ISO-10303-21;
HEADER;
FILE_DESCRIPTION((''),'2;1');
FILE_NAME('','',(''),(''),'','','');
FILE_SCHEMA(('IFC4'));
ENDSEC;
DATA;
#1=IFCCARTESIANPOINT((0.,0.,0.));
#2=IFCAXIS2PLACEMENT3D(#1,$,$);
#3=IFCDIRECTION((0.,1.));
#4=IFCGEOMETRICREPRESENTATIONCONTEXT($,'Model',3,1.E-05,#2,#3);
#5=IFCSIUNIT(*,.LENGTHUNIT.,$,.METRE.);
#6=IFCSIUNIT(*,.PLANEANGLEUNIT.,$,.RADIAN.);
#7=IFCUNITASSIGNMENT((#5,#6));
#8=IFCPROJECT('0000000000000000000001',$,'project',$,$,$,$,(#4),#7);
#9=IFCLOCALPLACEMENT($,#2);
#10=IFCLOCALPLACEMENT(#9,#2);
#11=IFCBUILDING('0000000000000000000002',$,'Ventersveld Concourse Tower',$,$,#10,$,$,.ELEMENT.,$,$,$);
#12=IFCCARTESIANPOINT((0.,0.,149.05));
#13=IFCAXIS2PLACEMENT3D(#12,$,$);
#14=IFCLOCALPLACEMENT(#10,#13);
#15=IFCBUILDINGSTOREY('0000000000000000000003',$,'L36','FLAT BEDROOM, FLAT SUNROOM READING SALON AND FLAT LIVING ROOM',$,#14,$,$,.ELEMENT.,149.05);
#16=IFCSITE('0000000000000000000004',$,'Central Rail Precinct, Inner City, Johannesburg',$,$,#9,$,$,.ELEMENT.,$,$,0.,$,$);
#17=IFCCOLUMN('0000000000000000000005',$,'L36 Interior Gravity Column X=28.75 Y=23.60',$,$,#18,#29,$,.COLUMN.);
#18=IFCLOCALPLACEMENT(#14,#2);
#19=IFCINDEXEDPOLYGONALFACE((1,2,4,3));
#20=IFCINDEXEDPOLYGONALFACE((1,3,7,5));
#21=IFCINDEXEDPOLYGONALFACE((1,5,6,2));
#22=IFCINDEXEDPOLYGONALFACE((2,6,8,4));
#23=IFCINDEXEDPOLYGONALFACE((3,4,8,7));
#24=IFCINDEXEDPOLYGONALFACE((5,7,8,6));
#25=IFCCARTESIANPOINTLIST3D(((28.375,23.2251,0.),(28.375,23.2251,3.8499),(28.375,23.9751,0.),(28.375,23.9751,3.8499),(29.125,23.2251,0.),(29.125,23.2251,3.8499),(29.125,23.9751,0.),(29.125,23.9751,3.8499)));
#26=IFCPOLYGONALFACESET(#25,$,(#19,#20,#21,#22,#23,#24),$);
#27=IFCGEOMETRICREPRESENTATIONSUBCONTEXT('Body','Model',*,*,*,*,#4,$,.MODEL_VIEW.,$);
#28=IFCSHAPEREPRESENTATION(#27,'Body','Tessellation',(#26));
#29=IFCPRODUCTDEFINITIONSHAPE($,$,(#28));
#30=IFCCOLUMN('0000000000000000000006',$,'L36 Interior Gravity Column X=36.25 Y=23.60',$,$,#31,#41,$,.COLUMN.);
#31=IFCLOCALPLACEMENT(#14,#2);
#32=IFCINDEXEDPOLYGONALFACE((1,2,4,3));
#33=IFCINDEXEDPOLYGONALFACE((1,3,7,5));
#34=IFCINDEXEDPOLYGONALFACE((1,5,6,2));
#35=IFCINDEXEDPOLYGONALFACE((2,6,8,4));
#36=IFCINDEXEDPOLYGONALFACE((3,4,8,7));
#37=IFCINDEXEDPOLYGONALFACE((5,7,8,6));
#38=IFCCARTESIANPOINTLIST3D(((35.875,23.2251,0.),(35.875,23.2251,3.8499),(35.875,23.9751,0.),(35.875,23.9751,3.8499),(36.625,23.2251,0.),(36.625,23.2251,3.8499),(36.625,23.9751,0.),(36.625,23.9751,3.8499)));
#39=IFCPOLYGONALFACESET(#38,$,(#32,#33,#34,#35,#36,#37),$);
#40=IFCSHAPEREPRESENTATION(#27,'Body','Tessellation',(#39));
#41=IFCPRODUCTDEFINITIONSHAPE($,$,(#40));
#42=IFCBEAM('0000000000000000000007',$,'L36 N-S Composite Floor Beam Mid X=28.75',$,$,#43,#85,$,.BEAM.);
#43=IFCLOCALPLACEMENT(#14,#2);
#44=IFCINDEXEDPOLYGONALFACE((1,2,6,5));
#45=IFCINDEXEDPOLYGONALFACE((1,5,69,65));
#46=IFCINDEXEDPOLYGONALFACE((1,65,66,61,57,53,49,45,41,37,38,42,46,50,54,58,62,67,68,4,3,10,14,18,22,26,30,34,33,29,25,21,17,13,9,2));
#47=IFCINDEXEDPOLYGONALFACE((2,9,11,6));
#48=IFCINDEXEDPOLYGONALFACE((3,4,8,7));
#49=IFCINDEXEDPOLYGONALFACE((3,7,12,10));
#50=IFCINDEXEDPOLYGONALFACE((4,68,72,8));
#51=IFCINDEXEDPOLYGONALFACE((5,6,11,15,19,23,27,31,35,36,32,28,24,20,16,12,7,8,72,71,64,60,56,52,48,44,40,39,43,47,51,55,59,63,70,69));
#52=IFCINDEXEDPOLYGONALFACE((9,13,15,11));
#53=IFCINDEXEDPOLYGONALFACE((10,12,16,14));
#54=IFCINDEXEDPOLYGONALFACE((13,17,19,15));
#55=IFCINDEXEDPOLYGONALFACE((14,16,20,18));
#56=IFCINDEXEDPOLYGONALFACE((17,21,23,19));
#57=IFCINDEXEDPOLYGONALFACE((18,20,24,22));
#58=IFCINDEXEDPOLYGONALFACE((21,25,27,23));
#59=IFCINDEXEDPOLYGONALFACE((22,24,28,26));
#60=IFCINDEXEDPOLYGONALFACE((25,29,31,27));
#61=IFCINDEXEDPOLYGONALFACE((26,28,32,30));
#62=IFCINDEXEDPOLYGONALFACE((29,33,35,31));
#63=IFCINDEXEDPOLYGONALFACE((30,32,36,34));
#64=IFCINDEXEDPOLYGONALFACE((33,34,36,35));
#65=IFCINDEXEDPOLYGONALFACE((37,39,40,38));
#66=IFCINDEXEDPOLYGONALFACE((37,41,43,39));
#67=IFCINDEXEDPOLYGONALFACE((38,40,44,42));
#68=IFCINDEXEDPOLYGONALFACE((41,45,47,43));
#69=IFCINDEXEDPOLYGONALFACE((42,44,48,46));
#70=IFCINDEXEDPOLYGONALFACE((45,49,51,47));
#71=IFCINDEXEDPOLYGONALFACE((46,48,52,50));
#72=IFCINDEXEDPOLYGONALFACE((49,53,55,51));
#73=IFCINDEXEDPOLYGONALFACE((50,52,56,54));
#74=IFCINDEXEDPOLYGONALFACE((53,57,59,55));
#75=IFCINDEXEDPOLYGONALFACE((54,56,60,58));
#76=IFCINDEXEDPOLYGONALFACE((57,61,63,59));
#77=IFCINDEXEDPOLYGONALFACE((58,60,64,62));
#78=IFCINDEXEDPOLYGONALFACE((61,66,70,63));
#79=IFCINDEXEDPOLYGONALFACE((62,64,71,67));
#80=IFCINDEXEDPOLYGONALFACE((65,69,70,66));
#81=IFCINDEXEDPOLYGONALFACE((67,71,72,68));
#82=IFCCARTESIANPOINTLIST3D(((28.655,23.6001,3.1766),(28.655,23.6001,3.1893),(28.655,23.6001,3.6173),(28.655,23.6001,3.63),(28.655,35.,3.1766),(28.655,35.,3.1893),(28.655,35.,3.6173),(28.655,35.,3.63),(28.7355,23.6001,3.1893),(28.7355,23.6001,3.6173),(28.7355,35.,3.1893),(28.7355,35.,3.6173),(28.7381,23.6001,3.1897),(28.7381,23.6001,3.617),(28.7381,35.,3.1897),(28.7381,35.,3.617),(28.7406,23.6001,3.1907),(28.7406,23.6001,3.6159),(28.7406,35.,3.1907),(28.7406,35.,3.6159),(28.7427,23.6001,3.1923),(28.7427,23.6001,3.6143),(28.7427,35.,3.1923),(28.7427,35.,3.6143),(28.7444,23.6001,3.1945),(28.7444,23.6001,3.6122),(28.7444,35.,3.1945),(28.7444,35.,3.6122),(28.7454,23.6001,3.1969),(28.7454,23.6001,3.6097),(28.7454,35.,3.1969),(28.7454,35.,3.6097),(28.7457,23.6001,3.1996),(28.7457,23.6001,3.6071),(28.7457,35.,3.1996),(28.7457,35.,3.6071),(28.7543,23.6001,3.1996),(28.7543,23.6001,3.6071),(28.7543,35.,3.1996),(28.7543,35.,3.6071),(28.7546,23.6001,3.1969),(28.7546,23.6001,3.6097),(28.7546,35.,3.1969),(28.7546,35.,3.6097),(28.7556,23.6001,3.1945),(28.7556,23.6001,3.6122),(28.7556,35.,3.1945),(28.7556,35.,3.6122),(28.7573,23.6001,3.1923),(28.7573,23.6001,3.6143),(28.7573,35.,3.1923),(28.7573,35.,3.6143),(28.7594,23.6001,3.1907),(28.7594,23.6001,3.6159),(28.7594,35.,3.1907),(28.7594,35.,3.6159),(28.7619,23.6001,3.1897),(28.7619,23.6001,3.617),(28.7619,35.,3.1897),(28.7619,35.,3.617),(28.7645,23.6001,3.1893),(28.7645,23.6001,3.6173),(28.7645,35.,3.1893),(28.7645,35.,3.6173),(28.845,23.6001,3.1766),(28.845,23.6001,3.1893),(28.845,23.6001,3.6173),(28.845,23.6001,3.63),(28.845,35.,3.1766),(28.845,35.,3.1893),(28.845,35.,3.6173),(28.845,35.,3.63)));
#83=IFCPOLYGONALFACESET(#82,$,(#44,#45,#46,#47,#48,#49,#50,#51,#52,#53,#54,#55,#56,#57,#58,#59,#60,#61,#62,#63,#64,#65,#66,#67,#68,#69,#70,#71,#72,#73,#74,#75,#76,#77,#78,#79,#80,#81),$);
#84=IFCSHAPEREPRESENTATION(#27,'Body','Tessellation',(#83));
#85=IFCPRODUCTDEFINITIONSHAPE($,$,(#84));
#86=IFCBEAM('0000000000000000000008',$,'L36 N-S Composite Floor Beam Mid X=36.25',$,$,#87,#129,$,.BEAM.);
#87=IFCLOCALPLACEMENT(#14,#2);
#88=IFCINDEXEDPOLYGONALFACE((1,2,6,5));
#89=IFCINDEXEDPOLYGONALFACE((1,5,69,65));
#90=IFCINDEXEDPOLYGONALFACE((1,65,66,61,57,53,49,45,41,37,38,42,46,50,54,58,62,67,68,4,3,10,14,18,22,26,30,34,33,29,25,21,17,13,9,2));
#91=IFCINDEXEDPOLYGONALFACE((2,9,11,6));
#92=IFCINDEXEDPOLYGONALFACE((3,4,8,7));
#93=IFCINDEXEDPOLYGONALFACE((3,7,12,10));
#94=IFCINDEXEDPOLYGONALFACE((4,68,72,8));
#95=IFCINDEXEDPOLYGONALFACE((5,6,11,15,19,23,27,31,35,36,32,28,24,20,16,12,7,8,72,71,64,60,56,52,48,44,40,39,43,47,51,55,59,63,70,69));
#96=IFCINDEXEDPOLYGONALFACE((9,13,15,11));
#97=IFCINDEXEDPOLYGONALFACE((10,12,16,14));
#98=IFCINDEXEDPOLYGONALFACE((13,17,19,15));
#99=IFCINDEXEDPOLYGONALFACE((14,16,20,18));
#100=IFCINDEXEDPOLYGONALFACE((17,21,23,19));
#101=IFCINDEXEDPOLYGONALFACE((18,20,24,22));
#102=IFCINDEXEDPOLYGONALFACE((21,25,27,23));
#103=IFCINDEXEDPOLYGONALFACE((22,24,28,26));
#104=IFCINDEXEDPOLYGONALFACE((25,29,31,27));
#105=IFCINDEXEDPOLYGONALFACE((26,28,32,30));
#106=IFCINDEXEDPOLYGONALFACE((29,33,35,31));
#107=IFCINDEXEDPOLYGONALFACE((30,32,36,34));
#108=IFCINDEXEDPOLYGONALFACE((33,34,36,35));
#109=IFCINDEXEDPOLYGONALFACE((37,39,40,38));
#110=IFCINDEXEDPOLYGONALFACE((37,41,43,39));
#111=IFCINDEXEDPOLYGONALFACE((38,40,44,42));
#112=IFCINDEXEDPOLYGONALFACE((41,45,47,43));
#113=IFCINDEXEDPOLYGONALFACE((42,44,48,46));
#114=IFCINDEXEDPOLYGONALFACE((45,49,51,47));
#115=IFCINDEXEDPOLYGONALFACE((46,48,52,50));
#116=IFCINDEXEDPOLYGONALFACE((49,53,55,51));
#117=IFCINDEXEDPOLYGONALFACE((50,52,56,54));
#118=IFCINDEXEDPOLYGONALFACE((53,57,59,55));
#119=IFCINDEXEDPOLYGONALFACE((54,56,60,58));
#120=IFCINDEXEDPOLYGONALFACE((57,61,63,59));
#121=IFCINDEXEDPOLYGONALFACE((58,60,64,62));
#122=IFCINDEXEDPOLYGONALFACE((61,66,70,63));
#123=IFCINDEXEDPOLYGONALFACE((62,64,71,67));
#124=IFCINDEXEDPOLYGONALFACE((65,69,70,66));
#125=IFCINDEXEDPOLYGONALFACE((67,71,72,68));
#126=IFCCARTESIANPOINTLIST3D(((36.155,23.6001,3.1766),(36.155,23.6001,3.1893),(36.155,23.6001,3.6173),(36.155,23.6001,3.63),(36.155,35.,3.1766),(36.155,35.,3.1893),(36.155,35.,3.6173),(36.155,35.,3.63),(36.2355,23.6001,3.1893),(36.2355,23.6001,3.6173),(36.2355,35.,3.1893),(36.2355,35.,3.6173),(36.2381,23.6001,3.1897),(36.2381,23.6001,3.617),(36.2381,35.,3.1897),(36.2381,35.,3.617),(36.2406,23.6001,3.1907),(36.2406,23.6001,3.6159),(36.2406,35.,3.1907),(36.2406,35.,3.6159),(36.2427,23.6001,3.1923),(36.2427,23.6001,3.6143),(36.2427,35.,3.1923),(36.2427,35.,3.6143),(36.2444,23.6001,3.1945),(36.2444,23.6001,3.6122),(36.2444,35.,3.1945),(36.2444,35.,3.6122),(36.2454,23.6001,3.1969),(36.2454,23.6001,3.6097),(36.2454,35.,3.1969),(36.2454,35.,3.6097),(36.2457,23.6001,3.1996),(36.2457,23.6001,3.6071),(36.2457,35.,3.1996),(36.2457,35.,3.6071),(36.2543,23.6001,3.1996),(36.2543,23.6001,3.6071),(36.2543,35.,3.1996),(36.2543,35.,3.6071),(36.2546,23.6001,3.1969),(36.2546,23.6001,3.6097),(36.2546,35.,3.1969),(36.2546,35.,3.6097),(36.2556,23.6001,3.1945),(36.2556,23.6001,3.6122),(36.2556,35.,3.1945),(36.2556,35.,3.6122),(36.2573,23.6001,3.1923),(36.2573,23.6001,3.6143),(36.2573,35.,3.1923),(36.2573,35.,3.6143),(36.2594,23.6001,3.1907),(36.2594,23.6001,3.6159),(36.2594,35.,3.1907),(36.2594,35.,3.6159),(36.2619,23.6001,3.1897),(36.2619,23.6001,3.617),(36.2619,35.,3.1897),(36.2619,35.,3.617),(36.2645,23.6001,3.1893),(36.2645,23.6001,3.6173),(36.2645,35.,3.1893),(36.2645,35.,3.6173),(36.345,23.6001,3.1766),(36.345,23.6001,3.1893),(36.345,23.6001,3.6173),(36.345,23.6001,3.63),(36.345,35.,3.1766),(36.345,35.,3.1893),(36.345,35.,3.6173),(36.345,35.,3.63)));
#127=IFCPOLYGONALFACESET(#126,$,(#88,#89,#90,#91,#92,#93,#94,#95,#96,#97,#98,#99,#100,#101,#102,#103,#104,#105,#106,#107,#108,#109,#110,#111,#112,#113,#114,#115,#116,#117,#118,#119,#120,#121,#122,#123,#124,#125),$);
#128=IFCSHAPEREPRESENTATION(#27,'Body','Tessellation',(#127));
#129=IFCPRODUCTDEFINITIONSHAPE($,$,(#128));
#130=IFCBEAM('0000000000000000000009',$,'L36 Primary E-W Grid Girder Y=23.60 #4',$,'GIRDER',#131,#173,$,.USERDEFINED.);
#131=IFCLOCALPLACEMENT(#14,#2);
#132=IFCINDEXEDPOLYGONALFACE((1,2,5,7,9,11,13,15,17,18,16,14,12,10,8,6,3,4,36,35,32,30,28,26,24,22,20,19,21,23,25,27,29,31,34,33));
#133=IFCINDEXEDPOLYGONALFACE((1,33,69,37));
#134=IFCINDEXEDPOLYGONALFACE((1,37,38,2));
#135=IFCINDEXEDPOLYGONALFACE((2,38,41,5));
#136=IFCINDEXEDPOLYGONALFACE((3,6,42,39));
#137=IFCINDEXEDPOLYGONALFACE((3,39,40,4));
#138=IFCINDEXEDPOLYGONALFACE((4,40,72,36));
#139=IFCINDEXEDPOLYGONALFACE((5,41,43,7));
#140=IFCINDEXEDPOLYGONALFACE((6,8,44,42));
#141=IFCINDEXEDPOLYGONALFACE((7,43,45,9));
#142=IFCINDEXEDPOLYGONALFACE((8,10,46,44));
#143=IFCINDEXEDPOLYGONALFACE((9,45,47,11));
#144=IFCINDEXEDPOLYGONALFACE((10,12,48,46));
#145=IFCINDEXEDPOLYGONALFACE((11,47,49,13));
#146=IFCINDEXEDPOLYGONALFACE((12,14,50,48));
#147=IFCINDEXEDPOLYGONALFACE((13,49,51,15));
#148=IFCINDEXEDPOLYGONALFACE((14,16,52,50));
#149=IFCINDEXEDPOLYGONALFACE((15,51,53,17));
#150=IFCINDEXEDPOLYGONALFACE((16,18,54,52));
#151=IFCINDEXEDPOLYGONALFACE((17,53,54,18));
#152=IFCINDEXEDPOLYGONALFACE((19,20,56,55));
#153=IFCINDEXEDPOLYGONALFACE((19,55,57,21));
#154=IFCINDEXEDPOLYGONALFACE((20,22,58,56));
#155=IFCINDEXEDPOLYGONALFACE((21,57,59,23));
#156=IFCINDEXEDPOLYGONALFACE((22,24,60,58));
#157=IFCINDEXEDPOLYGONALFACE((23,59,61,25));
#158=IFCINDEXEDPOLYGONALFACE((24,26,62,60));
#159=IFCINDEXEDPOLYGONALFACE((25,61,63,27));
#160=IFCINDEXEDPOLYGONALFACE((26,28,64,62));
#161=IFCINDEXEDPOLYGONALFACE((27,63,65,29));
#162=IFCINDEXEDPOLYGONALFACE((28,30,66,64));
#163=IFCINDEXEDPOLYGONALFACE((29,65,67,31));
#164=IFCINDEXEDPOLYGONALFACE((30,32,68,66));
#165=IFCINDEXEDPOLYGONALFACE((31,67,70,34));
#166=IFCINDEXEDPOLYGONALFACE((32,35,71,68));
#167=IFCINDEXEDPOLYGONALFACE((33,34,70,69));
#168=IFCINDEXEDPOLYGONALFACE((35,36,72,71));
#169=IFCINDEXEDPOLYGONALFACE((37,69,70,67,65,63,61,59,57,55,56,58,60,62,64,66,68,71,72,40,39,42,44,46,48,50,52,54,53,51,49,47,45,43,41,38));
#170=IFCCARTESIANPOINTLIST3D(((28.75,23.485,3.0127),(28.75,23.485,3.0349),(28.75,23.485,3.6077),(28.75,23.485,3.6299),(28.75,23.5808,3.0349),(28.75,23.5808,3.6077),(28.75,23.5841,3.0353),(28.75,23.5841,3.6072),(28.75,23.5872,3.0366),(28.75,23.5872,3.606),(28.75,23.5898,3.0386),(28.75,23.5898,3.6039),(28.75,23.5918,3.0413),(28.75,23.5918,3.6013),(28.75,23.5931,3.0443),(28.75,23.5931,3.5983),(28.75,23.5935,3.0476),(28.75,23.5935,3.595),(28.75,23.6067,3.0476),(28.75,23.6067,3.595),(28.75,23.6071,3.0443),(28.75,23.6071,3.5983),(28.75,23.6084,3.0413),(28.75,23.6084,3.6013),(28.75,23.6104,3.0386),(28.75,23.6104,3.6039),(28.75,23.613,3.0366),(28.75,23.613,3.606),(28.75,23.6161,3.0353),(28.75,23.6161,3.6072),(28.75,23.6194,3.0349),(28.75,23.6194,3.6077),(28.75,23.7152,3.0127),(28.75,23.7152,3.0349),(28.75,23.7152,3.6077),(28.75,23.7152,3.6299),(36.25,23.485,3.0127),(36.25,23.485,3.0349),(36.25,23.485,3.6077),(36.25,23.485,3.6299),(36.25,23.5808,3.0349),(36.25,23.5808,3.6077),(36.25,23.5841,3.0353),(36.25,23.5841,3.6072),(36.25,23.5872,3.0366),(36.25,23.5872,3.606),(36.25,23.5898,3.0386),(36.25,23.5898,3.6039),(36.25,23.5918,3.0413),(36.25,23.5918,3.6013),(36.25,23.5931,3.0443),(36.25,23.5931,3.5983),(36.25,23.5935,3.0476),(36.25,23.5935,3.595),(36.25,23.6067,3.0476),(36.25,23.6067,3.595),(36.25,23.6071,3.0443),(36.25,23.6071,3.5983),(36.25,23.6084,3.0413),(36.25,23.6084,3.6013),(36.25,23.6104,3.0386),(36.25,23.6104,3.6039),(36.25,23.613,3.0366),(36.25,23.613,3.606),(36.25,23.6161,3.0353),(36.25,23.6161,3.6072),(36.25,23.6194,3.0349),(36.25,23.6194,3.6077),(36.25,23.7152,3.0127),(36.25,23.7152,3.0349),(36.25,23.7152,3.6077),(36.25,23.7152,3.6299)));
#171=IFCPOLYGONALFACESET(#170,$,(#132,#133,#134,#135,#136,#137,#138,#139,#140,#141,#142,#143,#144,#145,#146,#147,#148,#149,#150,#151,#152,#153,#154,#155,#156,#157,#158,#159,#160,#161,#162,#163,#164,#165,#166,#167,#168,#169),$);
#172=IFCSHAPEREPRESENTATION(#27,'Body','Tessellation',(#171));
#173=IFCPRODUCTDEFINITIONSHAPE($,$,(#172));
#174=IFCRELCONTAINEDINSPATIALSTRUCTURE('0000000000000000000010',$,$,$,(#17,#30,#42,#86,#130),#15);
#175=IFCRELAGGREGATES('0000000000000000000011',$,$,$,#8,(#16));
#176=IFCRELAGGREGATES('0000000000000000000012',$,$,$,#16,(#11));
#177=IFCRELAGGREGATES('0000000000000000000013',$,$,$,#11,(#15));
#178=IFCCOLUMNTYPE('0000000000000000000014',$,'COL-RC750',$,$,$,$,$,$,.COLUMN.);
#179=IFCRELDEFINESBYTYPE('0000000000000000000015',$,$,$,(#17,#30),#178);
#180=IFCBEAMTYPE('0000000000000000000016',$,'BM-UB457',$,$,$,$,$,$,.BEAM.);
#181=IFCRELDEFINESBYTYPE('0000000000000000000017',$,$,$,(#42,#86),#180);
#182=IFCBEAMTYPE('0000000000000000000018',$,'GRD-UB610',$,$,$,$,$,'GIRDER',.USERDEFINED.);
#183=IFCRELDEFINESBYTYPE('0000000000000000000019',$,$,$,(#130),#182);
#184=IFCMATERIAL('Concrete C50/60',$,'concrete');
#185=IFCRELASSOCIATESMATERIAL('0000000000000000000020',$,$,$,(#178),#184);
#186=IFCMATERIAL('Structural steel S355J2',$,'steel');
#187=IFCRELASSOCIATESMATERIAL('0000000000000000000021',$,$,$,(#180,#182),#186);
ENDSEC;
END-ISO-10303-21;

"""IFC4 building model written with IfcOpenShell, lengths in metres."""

from ifc_helpers import new_model, si_unit, direction, frame, origin, origin_2d, place, context, subcontext, project, spatial, rectangle, i_section, extrude, material, material_profile, profile_set, type_object, element, save


model = new_model("IFC4")

# Units and contexts
model_context = context("Model", 3, precision=1e-05, world=origin(), true_north=direction((0.0, 1.0)))
body_context = subcontext(model_context, "Body", "Model", "MODEL_VIEW")
ifc_project = project(units=[si_unit("LENGTHUNIT", "METRE"), si_unit("PLANEANGLEUNIT", "RADIAN")], contexts=[model_context])

# Site, building, storey
site_placement = place(None, origin())
site = spatial("IfcSite", under=ifc_project, at=site_placement, Name="Central Rail Precinct, Inner City, Johannesburg", CompositionType="ELEMENT", RefElevation=0.0)
building_placement = place(site_placement, origin())
building = spatial("IfcBuilding", under=site, at=building_placement, Name="Ventersveld Concourse Tower", CompositionType="ELEMENT")
storey_placement = place(building_placement, frame((0.0, 0.0, 149.05)))
storey = spatial("IfcBuildingStorey", under=building, at=storey_placement, Name="L36", Description="FLAT BEDROOM, FLAT SUNROOM READING SALON AND FLAT LIVING ROOM", CompositionType="ELEMENT", Elevation=149.05)

# Columns
ifc_material_1 = material(Name="Concrete C50/60", Category="concrete")
ifc_material_profile_1 = material_profile(ifc_material_1, rectangle(XDim=0.75, YDim=0.75, at=origin_2d()), Name="RC 750x750")
ifc_profile_set_1 = profile_set([ifc_material_profile_1], Name="Concrete C50/60")
column_type = type_object("IfcColumnType", Name="COL-RC750", PredefinedType="COLUMN", material=ifc_profile_set_1)
for number, where, z_axis, x_axis, name in (
    (1, (28.75, 23.6001, 0.0), (0.0, 0.0, 1.0), (1.0, 0.0, 0.0), "L36 Interior Gravity Column X=28.75 Y=23.60"),
    (2, (36.25, 23.6001, 0.0), (0.0, 0.0, 1.0), (1.0, 0.0, 0.0), "L36 Interior Gravity Column X=36.25 Y=23.60"),
):
    element("IfcColumn", number, at=place(storey_placement, frame(where, z_axis=z_axis, x_axis=x_axis)), inside=storey, type_object=column_type, Name=name, PredefinedType="COLUMN", context=body_context, shape_type="SweptSolid", body=[
        extrude(rectangle(XDim=0.75, YDim=0.75, at=origin_2d()), origin(), (0.0, 0.0, 1.0), 3.8499),
    ])

# Beams
ifc_material_2 = material(Name="Structural steel S355J2", Category="steel")
ifc_material_profile_2 = material_profile(ifc_material_2, i_section(OverallWidth=0.1899, OverallDepth=0.4534, WebThickness=0.0085, FlangeThickness=0.0127, FilletRadius=0.0103, at=origin_2d()), Name="UB 457x191x67")
ifc_profile_set_2 = profile_set([ifc_material_profile_2], Name="Structural steel S355J2")
beam_type_1 = type_object("IfcBeamType", Name="BM-UB457", PredefinedType="BEAM", material=ifc_profile_set_2)
for number, where, z_axis, x_axis, name in (
    (3, (28.75, 23.6001, 3.4033), (0.0, 1.0, 0.0), (-1.0, 0.0, 0.0), "L36 N-S Composite Floor Beam Mid X=28.75"),
    (4, (36.25, 23.6001, 3.4033), (0.0, 1.0, 0.0), (-1.0, 0.0, 0.0), "L36 N-S Composite Floor Beam Mid X=36.25"),
):
    element("IfcBeam", number, at=place(storey_placement, frame(where, z_axis=z_axis, x_axis=x_axis)), inside=storey, type_object=beam_type_1, Name=name, PredefinedType="BEAM", context=body_context, shape_type="SweptSolid", body=[
        extrude(i_section(OverallWidth=0.1899, OverallDepth=0.4534, WebThickness=0.0085, FlangeThickness=0.0127, FilletRadius=0.0103, at=origin_2d()), origin(), (0.0, 0.0, 1.0), 11.3999),
    ])
ifc_material_profile_3 = material_profile(ifc_material_2, i_section(OverallWidth=0.2302, OverallDepth=0.6172, WebThickness=0.0132, FlangeThickness=0.0222, FilletRadius=0.0127, at=origin_2d()), Name="UB 610x229x140")
ifc_profile_set_3 = profile_set([ifc_material_profile_3], Name="Structural steel S355J2")
beam_type_2 = type_object("IfcBeamType", Name="GRD-UB610", ElementType="GIRDER", PredefinedType="USERDEFINED", material=ifc_profile_set_3)
for number, where, z_axis, x_axis, name in (
    (5, (28.75, 23.6001, 3.3213), (1.0, 0.0, 0.0), (0.0, 1.0, 0.0), "L36 Primary E-W Grid Girder Y=23.60 #4"),
):
    element("IfcBeam", number, at=place(storey_placement, frame(where, z_axis=z_axis, x_axis=x_axis)), inside=storey, type_object=beam_type_2, Name=name, ObjectType="GIRDER", PredefinedType="USERDEFINED", context=body_context, shape_type="SweptSolid", body=[
        extrude(i_section(OverallWidth=0.2302, OverallDepth=0.6172, WebThickness=0.0132, FlangeThickness=0.0222, FilletRadius=0.0127, at=origin_2d()), origin(), (0.0, 0.0, 1.0), 7.5),
    ])

save(model, "model.ifc")
